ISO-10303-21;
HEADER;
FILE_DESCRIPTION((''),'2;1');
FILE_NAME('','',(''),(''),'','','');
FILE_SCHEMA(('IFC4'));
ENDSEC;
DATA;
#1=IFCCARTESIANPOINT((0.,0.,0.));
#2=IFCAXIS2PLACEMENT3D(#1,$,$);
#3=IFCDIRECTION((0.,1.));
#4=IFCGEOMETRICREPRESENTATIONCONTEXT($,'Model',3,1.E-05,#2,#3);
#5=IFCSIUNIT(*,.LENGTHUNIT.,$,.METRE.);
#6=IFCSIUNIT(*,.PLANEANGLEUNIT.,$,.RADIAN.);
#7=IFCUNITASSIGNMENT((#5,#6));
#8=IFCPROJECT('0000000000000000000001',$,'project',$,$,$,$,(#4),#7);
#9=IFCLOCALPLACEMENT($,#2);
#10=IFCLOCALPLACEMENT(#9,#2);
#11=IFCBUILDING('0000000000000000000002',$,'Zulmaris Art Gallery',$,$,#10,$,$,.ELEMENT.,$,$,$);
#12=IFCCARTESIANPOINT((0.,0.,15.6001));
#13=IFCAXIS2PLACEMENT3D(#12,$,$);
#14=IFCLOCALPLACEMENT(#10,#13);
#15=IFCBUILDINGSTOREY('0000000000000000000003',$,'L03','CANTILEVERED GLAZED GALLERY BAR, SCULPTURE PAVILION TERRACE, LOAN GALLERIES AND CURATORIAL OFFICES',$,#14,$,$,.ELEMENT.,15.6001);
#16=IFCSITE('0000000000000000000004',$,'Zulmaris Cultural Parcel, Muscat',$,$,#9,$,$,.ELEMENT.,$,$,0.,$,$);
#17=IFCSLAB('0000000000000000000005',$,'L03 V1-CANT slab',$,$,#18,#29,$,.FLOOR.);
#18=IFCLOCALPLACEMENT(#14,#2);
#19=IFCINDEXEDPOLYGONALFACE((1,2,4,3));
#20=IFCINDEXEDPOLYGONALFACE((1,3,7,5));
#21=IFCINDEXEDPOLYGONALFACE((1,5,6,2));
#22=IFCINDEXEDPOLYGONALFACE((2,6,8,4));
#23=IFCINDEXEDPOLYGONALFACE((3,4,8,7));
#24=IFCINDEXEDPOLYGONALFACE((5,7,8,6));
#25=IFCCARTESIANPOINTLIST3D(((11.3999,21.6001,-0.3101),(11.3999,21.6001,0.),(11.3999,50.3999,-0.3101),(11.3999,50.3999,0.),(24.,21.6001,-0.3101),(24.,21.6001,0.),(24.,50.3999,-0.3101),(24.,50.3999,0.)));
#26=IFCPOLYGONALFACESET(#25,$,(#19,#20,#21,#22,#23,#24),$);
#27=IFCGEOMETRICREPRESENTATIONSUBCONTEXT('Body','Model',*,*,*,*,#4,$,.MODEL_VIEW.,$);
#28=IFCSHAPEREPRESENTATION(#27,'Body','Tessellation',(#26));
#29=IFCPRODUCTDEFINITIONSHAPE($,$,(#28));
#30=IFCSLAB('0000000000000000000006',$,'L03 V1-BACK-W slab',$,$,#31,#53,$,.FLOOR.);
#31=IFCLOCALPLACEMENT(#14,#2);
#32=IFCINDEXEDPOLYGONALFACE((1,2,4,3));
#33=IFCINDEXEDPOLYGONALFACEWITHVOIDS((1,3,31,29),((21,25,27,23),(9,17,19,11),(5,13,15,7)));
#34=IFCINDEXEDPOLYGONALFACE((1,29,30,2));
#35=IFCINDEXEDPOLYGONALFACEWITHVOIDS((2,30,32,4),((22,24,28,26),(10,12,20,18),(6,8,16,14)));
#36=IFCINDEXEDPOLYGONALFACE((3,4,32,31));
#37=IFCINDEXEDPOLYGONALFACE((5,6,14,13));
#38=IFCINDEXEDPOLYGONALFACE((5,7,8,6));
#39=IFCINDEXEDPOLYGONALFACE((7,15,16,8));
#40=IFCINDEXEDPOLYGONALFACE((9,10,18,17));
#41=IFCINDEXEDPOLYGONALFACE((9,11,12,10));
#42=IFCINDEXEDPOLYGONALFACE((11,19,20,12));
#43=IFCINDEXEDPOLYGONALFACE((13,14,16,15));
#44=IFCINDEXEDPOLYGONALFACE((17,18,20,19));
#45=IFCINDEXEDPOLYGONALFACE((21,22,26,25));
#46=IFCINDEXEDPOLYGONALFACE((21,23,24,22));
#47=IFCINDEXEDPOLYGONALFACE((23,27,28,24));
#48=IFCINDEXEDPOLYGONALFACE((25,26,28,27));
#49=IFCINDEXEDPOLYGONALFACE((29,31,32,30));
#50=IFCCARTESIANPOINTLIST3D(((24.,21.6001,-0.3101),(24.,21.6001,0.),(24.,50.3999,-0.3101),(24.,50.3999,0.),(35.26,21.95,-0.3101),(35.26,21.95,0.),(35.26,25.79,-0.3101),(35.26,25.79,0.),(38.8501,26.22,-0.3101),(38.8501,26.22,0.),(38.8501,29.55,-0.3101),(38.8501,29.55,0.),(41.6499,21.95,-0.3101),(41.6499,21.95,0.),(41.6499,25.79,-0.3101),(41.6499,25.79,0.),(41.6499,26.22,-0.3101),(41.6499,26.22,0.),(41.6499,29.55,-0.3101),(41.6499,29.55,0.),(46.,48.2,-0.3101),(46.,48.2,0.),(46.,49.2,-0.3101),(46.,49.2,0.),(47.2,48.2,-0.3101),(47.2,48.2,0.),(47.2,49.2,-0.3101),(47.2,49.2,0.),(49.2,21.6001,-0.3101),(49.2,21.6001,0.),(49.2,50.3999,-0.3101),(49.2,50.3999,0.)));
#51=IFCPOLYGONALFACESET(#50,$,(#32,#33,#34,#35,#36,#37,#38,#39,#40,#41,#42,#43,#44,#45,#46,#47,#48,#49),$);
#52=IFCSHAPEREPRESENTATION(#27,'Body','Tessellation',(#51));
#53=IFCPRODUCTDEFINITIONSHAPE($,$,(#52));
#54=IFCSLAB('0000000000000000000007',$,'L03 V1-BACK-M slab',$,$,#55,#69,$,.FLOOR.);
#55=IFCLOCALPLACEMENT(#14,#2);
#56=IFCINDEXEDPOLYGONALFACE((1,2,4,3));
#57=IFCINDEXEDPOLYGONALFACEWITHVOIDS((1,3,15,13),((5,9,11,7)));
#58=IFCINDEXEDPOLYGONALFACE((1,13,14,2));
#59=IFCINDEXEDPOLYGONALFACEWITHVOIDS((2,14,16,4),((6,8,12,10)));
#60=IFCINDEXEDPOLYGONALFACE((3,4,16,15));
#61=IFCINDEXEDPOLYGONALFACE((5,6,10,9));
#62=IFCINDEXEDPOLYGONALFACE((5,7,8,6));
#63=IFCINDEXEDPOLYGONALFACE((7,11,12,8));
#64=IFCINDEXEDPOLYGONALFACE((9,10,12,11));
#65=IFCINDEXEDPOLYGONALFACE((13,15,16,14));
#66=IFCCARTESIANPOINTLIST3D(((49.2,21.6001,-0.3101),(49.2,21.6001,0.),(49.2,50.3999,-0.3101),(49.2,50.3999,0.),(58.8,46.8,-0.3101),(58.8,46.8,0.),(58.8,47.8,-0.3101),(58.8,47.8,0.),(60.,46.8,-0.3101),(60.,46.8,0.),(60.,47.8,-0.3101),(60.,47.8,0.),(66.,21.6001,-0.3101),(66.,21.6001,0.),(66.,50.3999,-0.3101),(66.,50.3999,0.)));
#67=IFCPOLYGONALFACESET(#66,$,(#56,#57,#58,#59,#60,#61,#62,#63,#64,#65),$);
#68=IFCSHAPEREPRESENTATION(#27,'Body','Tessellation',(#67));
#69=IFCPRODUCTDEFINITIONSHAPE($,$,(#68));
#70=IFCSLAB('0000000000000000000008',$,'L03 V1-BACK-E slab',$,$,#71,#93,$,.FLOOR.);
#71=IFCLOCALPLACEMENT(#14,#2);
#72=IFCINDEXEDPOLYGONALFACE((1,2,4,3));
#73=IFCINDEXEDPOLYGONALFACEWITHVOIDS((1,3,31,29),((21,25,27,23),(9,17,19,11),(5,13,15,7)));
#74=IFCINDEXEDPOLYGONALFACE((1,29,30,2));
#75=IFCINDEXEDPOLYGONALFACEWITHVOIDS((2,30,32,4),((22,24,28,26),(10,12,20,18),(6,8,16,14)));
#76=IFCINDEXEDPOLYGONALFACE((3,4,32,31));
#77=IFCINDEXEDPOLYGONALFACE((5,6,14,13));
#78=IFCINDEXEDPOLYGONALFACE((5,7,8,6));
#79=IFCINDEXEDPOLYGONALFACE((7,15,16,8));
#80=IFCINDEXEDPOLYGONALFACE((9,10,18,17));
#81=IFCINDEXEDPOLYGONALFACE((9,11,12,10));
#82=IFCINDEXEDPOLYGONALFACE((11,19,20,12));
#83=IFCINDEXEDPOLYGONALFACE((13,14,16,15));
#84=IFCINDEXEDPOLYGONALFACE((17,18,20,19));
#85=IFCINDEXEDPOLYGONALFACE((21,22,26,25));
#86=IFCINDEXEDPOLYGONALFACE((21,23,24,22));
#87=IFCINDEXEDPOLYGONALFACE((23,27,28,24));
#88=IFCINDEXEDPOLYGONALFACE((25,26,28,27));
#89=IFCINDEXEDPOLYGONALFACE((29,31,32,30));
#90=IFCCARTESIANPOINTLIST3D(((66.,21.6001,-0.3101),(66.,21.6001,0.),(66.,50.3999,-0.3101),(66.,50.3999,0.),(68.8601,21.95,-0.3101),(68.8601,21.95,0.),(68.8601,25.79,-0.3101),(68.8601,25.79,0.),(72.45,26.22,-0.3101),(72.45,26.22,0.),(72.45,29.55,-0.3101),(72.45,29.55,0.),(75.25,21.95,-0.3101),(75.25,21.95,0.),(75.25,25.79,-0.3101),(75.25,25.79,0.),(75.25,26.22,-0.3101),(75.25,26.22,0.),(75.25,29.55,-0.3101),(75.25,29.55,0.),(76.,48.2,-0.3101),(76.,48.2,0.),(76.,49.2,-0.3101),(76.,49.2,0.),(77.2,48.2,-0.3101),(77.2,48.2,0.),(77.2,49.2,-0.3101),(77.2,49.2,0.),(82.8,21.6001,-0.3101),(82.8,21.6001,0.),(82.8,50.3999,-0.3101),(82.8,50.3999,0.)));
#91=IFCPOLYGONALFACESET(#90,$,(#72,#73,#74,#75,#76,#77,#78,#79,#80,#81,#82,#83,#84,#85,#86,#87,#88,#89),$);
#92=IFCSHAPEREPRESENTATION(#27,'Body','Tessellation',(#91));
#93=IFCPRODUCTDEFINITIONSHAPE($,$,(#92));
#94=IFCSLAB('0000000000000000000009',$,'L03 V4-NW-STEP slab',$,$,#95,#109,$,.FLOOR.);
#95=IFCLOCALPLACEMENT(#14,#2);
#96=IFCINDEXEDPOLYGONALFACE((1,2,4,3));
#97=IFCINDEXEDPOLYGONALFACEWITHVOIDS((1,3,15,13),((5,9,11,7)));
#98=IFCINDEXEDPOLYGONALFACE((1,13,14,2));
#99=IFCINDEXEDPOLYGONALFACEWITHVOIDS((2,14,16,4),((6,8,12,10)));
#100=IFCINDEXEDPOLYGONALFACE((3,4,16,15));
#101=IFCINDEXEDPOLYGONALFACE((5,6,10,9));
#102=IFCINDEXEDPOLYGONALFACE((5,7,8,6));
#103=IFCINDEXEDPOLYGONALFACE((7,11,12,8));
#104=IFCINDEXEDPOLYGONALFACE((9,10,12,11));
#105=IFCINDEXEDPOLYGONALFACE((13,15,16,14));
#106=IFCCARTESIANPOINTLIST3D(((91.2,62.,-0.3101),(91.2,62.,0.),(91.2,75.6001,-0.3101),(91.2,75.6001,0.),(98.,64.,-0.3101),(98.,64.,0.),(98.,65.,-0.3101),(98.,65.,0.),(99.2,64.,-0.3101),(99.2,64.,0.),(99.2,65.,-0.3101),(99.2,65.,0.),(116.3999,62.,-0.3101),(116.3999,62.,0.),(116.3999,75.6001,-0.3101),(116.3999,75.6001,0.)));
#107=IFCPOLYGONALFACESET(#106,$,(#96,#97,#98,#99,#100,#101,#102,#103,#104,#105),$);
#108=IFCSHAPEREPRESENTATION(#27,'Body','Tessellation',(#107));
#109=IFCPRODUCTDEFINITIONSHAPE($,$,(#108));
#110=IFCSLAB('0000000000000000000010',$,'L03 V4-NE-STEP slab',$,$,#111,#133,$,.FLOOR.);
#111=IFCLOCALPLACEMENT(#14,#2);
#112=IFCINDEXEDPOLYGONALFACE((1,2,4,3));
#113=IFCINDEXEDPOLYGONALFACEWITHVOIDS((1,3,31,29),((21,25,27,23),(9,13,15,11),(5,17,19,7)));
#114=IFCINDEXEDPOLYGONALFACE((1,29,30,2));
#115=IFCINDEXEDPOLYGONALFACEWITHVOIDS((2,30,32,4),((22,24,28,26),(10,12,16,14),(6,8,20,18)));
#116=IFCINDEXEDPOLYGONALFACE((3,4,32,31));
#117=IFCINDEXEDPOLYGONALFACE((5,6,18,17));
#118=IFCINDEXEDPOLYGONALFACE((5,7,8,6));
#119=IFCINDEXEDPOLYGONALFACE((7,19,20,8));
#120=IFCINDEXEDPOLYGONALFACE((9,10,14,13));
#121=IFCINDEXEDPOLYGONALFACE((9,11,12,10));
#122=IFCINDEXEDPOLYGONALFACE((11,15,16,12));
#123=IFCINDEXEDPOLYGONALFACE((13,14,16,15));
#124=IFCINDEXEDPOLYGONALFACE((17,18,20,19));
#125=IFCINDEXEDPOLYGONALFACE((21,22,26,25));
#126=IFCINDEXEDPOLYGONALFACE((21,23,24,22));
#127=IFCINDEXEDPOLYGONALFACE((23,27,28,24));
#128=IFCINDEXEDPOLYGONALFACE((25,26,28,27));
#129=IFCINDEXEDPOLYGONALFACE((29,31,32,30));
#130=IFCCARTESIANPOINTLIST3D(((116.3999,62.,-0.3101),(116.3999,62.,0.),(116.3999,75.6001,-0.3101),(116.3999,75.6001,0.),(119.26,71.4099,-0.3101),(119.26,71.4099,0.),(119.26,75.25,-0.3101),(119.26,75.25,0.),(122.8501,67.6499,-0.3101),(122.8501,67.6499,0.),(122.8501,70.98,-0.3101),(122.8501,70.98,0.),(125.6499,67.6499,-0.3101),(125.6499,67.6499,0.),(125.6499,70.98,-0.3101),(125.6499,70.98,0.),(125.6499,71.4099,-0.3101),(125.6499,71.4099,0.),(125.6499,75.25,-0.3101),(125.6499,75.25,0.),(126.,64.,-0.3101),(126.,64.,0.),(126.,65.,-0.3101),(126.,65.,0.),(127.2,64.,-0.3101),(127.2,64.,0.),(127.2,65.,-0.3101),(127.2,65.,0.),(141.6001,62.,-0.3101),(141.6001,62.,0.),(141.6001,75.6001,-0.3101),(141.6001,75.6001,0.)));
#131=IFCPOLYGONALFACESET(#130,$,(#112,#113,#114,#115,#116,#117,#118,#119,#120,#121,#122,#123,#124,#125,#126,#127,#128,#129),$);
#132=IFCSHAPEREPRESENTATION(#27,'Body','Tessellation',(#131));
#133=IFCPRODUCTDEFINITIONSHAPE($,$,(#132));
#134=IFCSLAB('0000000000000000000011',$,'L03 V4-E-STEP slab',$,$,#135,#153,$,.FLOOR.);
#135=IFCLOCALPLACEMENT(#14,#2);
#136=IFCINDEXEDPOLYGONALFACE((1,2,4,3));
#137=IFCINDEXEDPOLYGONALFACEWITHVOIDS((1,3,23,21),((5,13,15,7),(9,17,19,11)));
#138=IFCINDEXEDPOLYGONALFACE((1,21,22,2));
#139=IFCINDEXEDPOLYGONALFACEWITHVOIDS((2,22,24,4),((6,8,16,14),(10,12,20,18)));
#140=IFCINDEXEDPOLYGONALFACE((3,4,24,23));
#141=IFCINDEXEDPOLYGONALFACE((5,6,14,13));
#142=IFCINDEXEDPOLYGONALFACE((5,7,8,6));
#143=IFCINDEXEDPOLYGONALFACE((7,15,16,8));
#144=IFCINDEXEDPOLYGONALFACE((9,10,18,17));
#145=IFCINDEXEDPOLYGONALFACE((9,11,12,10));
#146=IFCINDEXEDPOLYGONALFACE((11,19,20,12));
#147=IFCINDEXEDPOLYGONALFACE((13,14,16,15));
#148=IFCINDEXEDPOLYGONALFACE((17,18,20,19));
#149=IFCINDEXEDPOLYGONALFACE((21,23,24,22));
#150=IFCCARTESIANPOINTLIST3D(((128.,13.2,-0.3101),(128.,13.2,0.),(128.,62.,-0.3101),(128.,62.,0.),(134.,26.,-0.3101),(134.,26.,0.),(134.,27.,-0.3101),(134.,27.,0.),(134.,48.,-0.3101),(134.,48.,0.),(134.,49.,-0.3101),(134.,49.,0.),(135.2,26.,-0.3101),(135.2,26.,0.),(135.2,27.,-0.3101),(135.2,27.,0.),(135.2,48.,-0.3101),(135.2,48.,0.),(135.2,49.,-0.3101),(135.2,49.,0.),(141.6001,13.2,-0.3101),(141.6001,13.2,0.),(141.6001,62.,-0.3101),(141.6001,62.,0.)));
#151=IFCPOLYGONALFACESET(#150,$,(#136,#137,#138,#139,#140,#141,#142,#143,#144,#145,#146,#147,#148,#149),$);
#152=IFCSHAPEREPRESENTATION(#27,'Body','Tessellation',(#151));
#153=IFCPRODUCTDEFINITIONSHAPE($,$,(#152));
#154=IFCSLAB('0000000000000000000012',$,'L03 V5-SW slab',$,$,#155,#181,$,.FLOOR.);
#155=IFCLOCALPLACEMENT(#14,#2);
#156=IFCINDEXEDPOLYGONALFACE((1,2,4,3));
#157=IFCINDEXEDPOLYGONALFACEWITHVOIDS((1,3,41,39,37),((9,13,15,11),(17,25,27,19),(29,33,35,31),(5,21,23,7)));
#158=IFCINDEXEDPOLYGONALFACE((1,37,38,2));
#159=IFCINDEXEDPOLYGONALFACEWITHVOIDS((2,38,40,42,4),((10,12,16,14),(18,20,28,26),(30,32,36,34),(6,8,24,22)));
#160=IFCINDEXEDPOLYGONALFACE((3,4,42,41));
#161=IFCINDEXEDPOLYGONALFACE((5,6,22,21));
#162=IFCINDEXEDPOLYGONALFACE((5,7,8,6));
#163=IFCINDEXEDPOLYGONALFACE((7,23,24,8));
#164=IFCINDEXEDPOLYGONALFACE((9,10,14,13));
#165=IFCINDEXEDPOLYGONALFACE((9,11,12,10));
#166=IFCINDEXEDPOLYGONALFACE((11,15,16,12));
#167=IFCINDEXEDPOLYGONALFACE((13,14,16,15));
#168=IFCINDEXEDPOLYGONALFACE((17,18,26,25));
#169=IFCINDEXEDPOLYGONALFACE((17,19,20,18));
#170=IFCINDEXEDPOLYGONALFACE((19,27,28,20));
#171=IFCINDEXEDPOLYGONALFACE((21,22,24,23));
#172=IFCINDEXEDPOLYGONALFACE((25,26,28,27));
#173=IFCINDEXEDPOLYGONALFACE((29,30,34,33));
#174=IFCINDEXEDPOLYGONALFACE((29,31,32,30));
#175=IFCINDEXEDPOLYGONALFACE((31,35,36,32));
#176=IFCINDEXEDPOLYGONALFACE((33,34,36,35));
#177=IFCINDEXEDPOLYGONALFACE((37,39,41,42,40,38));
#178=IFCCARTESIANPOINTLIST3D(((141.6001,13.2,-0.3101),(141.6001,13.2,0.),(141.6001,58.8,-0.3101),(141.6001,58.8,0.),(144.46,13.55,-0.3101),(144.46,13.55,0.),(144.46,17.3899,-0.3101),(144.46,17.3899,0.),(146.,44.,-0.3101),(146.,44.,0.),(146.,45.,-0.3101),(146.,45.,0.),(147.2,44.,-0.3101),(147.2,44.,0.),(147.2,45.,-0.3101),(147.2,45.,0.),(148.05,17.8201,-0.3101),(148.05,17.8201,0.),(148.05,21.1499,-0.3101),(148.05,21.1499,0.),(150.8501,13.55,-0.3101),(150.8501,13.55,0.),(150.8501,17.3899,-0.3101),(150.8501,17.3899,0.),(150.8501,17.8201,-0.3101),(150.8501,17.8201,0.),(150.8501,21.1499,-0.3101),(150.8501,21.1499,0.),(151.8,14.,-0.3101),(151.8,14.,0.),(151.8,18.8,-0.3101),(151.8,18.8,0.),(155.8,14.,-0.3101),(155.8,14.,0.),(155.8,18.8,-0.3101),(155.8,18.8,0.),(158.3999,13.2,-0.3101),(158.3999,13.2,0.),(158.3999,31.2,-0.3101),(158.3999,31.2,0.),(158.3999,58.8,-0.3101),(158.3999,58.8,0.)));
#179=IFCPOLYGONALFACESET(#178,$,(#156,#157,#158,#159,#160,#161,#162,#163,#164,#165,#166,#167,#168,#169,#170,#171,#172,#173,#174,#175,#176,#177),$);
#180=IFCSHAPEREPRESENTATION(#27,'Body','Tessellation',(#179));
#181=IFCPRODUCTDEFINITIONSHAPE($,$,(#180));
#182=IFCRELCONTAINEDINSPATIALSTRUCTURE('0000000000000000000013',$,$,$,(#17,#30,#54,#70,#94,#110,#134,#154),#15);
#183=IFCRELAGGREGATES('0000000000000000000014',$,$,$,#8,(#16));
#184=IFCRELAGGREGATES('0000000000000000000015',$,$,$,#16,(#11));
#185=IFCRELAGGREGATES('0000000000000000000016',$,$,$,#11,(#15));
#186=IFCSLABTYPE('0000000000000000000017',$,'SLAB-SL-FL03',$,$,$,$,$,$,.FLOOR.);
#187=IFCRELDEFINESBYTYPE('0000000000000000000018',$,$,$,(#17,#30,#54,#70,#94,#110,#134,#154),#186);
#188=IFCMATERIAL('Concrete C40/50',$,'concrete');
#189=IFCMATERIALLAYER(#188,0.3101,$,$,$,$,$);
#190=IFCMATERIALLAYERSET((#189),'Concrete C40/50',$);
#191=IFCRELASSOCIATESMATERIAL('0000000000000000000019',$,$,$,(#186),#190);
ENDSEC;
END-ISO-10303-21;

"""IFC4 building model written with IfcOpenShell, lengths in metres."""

from ifc_helpers import new_model, si_unit, direction, frame, origin, place, context, subcontext, project, spatial, polyline, outline, extrude, material, layer, layer_set, type_object, element, save


model = new_model("IFC4")

# Units and contexts
model_context = context("Model", 3, precision=1e-05, world=origin(), true_north=direction((0.0, 1.0)))
body_context = subcontext(model_context, "Body", "Model", "MODEL_VIEW")
ifc_project = project(units=[si_unit("LENGTHUNIT", "METRE"), si_unit("PLANEANGLEUNIT", "RADIAN")], contexts=[model_context])

# Site, building, storey
site_placement = place(None, origin())
site = spatial("IfcSite", under=ifc_project, at=site_placement, Name="Zulmaris Cultural Parcel, Muscat", CompositionType="ELEMENT", RefElevation=0.0)
building_placement = place(site_placement, origin())
building = spatial("IfcBuilding", under=site, at=building_placement, Name="Zulmaris Art Gallery", CompositionType="ELEMENT")
storey_placement = place(building_placement, frame((0.0, 0.0, 15.6001)))
storey = spatial("IfcBuildingStorey", under=building, at=storey_placement, Name="L03", Description="CANTILEVERED GLAZED GALLERY BAR, SCULPTURE PAVILION TERRACE, LOAN GALLERIES AND CURATORIAL OFFICES", CompositionType="ELEMENT", Elevation=15.6001)

# Slabs
ifc_material_1 = material(Name="Concrete C40/50", Category="concrete")
ifc_layer_1 = layer(ifc_material_1, 0.3101)
ifc_layer_set_1 = layer_set([ifc_layer_1], Name="Concrete C40/50")
slab_type_1 = type_object("IfcSlabType", Name="SLAB-SL-FL03", PredefinedType="FLOOR", material=ifc_layer_set_1)
slab_1_placement = place(storey_placement, frame((0.0, 0.0, -0.3101)))
element("IfcSlab", 1, at=slab_1_placement, inside=storey, type_object=slab_type_1, Name="L03 V1-CANT slab", PredefinedType="FLOOR", context=body_context, shape_type="SweptSolid", body=[
    extrude(outline(polyline([(11.3999, 21.6001), (11.3999, 50.3999), (24.0, 50.3999), (24.0, 21.6001), (11.3999, 21.6001)])), origin(), (0.0, 0.0, 1.0), 0.3101),
])
slab_2_placement = place(storey_placement, frame((0.0, 0.0, -0.3101)))
element("IfcSlab", 2, at=slab_2_placement, inside=storey, type_object=slab_type_1, Name="L03 V1-BACK-W slab", PredefinedType="FLOOR", context=body_context, shape_type="SweptSolid", body=[
    extrude(outline(polyline([(24.0, 21.6001), (24.0, 50.3999), (49.2, 50.3999), (49.2, 21.6001), (24.0, 21.6001)]), holes=[polyline([(35.26, 21.95), (41.6499, 21.95), (41.6499, 25.79), (35.26, 25.79), (35.26, 21.95)]), polyline([(41.6499, 26.22), (41.6499, 29.55), (38.8501, 29.55), (38.8501, 26.22), (41.6499, 26.22)]), polyline([(47.2, 48.2), (47.2, 49.2), (46.0, 49.2), (46.0, 48.2), (47.2, 48.2)])]), origin(), (0.0, 0.0, 1.0), 0.3101),
])
slab_3_placement = place(storey_placement, frame((0.0, 0.0, -0.3101)))
element("IfcSlab", 3, at=slab_3_placement, inside=storey, type_object=slab_type_1, Name="L03 V1-BACK-M slab", PredefinedType="FLOOR", context=body_context, shape_type="SweptSolid", body=[
    extrude(outline(polyline([(49.2, 21.6001), (49.2, 50.3999), (66.0, 50.3999), (66.0, 21.6001), (49.2, 21.6001)]), holes=[polyline([(60.0, 46.8), (60.0, 47.8), (58.8, 47.8), (58.8, 46.8), (60.0, 46.8)])]), origin(), (0.0, 0.0, 1.0), 0.3101),
])
slab_4_placement = place(storey_placement, frame((0.0, 0.0, -0.3101)))
element("IfcSlab", 4, at=slab_4_placement, inside=storey, type_object=slab_type_1, Name="L03 V1-BACK-E slab", PredefinedType="FLOOR", context=body_context, shape_type="SweptSolid", body=[
    extrude(outline(polyline([(66.0, 21.6001), (66.0, 50.3999), (82.8, 50.3999), (82.8, 21.6001), (66.0, 21.6001)]), holes=[polyline([(68.8601, 21.95), (75.25, 21.95), (75.25, 25.79), (68.8601, 25.79), (68.8601, 21.95)]), polyline([(75.25, 26.22), (75.25, 29.55), (72.45, 29.55), (72.45, 26.22), (75.25, 26.22)]), polyline([(77.2, 48.2), (77.2, 49.2), (76.0, 49.2), (76.0, 48.2), (77.2, 48.2)])]), origin(), (0.0, 0.0, 1.0), 0.3101),
])
slab_5_placement = place(storey_placement, frame((0.0, 0.0, -0.3101)))
element("IfcSlab", 5, at=slab_5_placement, inside=storey, type_object=slab_type_1, Name="L03 V4-NW-STEP slab", PredefinedType="FLOOR", context=body_context, shape_type="SweptSolid", body=[
    extrude(outline(polyline([(91.2, 62.0), (91.2, 75.6001), (116.3999, 75.6001), (116.3999, 62.0), (91.2, 62.0)]), holes=[polyline([(99.2, 64.0), (99.2, 65.0), (98.0, 65.0), (98.0, 64.0), (99.2, 64.0)])]), origin(), (0.0, 0.0, 1.0), 0.3101),
])
slab_6_placement = place(storey_placement, frame((0.0, 0.0, -0.3101)))
element("IfcSlab", 6, at=slab_6_placement, inside=storey, type_object=slab_type_1, Name="L03 V4-NE-STEP slab", PredefinedType="FLOOR", context=body_context, shape_type="SweptSolid", body=[
    extrude(outline(polyline([(116.3999, 62.0), (116.3999, 75.6001), (141.6001, 75.6001), (141.6001, 62.0), (116.3999, 62.0)]), holes=[polyline([(125.6499, 67.6499), (125.6499, 70.98), (122.8501, 70.98), (122.8501, 67.6499), (125.6499, 67.6499)]), polyline([(125.6499, 71.4099), (125.6499, 75.25), (119.26, 75.25), (119.26, 71.4099), (125.6499, 71.4099)]), polyline([(127.2, 64.0), (127.2, 65.0), (126.0, 65.0), (126.0, 64.0), (127.2, 64.0)])]), origin(), (0.0, 0.0, 1.0), 0.3101),
])
slab_7_placement = place(storey_placement, frame((0.0, 0.0, -0.3101)))
element("IfcSlab", 7, at=slab_7_placement, inside=storey, type_object=slab_type_1, Name="L03 V4-E-STEP slab", PredefinedType="FLOOR", context=body_context, shape_type="SweptSolid", body=[
    extrude(outline(polyline([(128.0, 13.2), (128.0, 62.0), (141.6001, 62.0), (141.6001, 13.2), (128.0, 13.2)]), holes=[polyline([(135.2, 26.0), (135.2, 27.0), (134.0, 27.0), (134.0, 26.0), (135.2, 26.0)]), polyline([(135.2, 48.0), (135.2, 49.0), (134.0, 49.0), (134.0, 48.0), (135.2, 48.0)])]), origin(), (0.0, 0.0, 1.0), 0.3101),
])
slab_8_placement = place(storey_placement, frame((0.0, 0.0, -0.3101)))
element("IfcSlab", 8, at=slab_8_placement, inside=storey, type_object=slab_type_1, Name="L03 V5-SW slab", PredefinedType="FLOOR", context=body_context, shape_type="SweptSolid", body=[
    extrude(outline(polyline([(158.3999, 58.8), (158.3999, 31.2), (158.3999, 13.2), (141.6001, 13.2), (141.6001, 58.8), (158.3999, 58.8)]), holes=[polyline([(144.46, 13.55), (150.8501, 13.55), (150.8501, 17.3899), (144.46, 17.3899), (144.46, 13.55)]), polyline([(155.8, 14.0), (155.8, 18.8), (151.8, 18.8), (151.8, 14.0), (155.8, 14.0)]), polyline([(150.8501, 17.8201), (150.8501, 21.1499), (148.05, 21.1499), (148.05, 17.8201), (150.8501, 17.8201)]), polyline([(147.2, 44.0), (147.2, 45.0), (146.0, 45.0), (146.0, 44.0), (147.2, 44.0)])]), origin(), (0.0, 0.0, 1.0), 0.3101),
])

save(model, "model.ifc")
